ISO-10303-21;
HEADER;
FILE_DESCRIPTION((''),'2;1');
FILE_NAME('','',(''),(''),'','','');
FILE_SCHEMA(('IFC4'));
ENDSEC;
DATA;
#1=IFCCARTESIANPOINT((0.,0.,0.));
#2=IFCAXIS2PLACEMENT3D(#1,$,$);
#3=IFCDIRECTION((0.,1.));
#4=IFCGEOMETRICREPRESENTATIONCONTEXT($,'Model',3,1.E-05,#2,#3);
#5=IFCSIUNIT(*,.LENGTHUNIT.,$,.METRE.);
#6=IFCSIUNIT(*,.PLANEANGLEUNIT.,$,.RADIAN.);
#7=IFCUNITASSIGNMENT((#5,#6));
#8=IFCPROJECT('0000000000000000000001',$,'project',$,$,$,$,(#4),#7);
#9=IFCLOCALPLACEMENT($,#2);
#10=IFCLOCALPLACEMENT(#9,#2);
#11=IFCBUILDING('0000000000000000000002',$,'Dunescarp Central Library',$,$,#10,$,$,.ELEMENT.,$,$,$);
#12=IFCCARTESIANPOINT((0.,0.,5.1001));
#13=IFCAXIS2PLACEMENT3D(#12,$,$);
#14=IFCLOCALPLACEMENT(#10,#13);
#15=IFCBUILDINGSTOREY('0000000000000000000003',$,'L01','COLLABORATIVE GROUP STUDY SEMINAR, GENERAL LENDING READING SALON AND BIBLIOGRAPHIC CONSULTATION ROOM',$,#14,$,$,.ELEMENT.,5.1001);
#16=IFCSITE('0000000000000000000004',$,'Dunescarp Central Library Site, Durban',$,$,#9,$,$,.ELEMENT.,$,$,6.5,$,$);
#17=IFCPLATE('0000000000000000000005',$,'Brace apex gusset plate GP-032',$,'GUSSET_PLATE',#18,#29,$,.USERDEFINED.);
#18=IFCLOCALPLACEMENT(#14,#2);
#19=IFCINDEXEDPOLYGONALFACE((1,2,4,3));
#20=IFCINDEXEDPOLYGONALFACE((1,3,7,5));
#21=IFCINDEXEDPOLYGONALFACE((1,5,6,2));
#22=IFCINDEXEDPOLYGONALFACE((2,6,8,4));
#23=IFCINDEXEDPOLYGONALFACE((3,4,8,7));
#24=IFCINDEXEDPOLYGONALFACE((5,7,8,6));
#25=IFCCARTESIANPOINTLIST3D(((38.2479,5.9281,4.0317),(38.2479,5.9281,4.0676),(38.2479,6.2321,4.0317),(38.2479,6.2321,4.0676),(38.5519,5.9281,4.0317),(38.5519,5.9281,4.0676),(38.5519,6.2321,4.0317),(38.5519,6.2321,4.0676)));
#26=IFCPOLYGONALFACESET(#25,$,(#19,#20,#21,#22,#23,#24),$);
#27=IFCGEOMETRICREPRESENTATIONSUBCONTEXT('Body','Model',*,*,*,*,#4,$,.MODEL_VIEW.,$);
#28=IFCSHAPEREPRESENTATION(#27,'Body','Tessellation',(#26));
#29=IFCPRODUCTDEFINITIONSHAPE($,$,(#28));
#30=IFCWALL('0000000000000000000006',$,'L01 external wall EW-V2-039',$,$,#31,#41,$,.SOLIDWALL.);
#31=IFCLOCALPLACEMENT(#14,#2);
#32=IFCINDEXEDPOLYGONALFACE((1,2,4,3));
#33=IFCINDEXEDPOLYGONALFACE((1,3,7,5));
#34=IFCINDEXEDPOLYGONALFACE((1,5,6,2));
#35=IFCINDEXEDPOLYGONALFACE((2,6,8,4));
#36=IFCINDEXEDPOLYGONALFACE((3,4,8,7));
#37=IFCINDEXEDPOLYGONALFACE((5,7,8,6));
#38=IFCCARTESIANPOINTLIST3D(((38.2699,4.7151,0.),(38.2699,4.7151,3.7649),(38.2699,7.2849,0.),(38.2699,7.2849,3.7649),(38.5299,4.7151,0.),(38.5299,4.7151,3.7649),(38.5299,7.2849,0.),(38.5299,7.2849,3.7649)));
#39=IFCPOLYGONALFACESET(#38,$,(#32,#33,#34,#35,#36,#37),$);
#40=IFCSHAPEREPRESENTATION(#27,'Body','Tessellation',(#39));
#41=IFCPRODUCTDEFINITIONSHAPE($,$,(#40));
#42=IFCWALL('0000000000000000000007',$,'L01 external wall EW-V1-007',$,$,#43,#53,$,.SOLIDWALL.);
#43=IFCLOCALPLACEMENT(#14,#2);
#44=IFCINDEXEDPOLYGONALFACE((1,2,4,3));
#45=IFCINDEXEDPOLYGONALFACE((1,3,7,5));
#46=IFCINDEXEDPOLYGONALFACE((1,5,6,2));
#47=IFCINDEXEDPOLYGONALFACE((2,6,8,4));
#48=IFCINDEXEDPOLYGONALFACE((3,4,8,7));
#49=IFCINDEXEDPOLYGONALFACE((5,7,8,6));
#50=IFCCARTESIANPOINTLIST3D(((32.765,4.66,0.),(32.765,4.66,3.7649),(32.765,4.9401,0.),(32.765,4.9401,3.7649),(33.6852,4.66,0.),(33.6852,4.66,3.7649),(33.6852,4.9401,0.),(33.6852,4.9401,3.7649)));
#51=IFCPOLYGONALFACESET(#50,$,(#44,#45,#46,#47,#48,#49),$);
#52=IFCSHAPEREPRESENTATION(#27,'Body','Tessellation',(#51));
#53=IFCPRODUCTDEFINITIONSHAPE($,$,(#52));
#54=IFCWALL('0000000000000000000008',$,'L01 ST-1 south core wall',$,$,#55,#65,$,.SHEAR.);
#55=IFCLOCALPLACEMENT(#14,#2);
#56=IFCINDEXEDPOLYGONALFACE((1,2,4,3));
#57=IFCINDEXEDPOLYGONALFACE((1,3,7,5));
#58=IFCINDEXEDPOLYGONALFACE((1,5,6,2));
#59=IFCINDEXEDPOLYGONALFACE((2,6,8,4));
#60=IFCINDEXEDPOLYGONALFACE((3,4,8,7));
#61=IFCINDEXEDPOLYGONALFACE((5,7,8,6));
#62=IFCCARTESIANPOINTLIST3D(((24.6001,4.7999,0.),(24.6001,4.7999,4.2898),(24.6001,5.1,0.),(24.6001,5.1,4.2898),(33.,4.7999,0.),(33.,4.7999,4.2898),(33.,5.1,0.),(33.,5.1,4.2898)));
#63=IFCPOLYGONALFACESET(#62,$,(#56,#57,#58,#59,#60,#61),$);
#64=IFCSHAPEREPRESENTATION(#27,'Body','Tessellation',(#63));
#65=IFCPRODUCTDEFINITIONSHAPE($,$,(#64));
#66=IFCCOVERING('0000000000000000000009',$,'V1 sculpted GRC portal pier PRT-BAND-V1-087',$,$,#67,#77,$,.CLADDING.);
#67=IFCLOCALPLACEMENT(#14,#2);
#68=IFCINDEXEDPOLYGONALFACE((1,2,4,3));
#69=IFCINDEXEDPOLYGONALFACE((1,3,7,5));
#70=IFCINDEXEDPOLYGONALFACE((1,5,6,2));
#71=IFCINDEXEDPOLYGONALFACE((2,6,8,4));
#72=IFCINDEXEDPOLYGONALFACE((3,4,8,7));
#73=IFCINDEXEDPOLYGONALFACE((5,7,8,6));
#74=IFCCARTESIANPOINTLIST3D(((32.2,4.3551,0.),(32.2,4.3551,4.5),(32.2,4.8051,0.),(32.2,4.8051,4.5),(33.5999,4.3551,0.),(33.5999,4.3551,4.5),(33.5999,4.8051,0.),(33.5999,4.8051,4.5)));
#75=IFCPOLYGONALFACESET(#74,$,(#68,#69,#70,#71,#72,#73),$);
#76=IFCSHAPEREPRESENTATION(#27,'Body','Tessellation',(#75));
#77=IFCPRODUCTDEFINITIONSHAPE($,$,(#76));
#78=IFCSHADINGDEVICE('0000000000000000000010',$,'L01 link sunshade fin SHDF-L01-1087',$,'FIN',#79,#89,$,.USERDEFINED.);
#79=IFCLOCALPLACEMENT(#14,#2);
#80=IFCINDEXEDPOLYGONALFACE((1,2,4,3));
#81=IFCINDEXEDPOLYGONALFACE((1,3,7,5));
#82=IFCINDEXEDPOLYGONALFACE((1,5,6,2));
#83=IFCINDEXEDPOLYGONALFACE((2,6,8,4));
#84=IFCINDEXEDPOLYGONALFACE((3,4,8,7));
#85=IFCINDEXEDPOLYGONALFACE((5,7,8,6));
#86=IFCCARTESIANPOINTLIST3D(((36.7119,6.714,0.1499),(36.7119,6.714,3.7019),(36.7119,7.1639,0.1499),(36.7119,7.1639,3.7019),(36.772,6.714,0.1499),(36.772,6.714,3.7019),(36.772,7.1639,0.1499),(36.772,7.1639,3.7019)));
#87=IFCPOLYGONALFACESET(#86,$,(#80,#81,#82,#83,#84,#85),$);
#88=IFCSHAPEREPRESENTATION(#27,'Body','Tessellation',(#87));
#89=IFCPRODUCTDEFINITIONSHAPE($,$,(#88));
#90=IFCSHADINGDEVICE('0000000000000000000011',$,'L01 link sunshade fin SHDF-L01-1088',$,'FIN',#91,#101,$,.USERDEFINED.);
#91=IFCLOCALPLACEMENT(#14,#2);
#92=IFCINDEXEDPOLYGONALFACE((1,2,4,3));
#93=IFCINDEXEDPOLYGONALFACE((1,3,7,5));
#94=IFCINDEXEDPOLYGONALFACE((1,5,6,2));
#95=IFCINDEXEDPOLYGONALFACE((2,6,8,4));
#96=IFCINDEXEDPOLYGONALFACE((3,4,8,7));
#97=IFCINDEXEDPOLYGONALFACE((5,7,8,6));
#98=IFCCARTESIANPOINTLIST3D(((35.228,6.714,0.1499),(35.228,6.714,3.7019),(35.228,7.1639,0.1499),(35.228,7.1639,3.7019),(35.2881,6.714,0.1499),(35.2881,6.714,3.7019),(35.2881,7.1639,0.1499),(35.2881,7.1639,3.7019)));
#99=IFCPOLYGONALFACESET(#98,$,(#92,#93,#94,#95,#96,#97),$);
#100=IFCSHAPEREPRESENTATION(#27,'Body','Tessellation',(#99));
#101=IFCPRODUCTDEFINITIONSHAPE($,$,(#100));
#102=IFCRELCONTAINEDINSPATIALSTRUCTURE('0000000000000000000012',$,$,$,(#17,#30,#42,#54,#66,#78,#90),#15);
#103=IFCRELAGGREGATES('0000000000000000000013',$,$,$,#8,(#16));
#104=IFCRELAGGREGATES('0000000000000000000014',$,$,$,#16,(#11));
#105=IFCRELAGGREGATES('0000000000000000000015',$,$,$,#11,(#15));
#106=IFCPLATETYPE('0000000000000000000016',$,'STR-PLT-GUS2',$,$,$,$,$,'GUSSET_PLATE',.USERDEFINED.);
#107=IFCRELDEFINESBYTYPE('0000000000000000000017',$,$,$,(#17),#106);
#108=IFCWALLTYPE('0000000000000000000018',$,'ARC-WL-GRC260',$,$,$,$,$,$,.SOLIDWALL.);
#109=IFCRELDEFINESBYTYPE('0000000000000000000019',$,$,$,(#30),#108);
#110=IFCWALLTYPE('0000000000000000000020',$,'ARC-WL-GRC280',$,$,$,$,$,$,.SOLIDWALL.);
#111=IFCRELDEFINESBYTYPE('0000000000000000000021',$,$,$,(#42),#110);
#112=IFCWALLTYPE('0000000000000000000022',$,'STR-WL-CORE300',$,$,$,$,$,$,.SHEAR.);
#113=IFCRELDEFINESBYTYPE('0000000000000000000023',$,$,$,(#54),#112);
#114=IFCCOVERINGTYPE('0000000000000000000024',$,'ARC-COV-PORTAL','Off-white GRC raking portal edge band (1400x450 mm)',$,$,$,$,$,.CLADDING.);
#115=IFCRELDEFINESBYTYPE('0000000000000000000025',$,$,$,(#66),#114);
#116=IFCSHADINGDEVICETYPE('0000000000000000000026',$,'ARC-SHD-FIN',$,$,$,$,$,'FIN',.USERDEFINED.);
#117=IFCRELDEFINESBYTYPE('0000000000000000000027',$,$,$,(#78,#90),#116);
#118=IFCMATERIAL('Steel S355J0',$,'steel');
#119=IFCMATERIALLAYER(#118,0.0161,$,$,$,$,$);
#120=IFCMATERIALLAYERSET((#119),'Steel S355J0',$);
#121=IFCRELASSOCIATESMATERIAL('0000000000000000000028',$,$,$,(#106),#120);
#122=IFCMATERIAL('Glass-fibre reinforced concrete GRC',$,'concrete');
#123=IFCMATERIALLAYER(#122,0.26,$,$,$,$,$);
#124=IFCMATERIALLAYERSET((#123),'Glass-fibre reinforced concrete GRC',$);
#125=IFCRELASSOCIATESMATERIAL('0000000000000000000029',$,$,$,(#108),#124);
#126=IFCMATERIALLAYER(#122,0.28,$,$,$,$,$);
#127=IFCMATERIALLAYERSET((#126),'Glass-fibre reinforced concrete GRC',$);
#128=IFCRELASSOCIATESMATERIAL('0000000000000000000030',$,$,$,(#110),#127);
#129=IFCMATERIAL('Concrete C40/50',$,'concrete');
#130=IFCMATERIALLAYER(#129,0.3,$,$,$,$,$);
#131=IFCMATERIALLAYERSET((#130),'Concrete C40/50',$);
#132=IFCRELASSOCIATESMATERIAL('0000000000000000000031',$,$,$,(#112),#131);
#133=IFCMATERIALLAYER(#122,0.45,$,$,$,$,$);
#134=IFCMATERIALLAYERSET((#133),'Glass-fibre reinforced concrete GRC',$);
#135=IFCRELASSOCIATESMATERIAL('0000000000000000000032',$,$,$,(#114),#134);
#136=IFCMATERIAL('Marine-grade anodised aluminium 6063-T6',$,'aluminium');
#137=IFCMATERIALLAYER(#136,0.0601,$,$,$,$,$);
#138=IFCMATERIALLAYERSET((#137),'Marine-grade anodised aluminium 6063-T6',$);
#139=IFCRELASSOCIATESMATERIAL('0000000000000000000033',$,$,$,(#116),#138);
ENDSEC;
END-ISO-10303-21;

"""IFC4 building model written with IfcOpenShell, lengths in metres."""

from ifc_helpers import new_model, si_unit, direction, frame, frame_2d, origin, origin_2d, place, context, subcontext, project, spatial, rectangle, extrude, material, layer, layer_set, type_object, element, save


model = new_model("IFC4")

# Units and contexts
model_context = context("Model", 3, precision=1e-05, world=origin(), true_north=direction((0.0, 1.0)))
body_context = subcontext(model_context, "Body", "Model", "MODEL_VIEW")
ifc_project = project(units=[si_unit("LENGTHUNIT", "METRE"), si_unit("PLANEANGLEUNIT", "RADIAN")], contexts=[model_context])

# Site, building, storey
site_placement = place(None, origin())
site = spatial("IfcSite", under=ifc_project, at=site_placement, Name="Dunescarp Central Library Site, Durban", CompositionType="ELEMENT", RefElevation=6.5)
building_placement = place(site_placement, origin())
building = spatial("IfcBuilding", under=site, at=building_placement, Name="Dunescarp Central Library", CompositionType="ELEMENT")
storey_placement = place(building_placement, frame((0.0, 0.0, 5.1001)))
storey = spatial("IfcBuildingStorey", under=building, at=storey_placement, Name="L01", Description="COLLABORATIVE GROUP STUDY SEMINAR, GENERAL LENDING READING SALON AND BIBLIOGRAPHIC CONSULTATION ROOM", CompositionType="ELEMENT", Elevation=5.1001)

# Shared definitions
ifc_material_1 = material(Name="Marine-grade anodised aluminium 6063-T6", Category="aluminium")

# Shared definitions
ifc_material_2 = material(Name="Steel S355J0", Category="steel")

# Plate
ifc_layer_1 = layer(ifc_material_2, 0.0161)
ifc_layer_set_1 = layer_set([ifc_layer_1], Name="Steel S355J0")
plate_type_1 = type_object("IfcPlateType", Name="STR-PLT-GUS2", ElementType="GUSSET_PLATE", PredefinedType="USERDEFINED", material=ifc_layer_set_1)
for number, where, z_axis, x_axis, name in (
    (1, (38.3999, 6.0801, 4.0317), (0.0, 0.0, 1.0), (1.0, 0.0, 0.0), "Brace apex gusset plate GP-032"),
):
    element("IfcPlate", number, at=place(storey_placement, frame(where, z_axis=z_axis, x_axis=x_axis)), inside=storey, type_object=plate_type_1, Name=name, ObjectType="GUSSET_PLATE", PredefinedType="USERDEFINED", context=body_context, shape_type="SweptSolid", body=[
        extrude(rectangle(XDim=0.304, YDim=0.304, at=origin_2d()), origin(), (0.0, 0.0, 1.0), 0.0359),
    ])

# Walls
ifc_material_3 = material(Name="Glass-fibre reinforced concrete GRC", Category="concrete")
ifc_layer_2 = layer(ifc_material_3, 0.26)
ifc_layer_set_2 = layer_set([ifc_layer_2], Name="Glass-fibre reinforced concrete GRC")
wall_type_1 = type_object("IfcWallType", Name="ARC-WL-GRC260", PredefinedType="SOLIDWALL", material=ifc_layer_set_2)
wall_1_placement = place(storey_placement, frame((38.3999, 4.7151, 0.0), z_axis=(0.0, 0.0, 1.0), x_axis=(0.0, 1.0, 0.0)))
element("IfcWall", 2, at=wall_1_placement, inside=storey, type_object=wall_type_1, Name="L01 external wall EW-V2-039", PredefinedType="SOLIDWALL", context=body_context, shape_type="SweptSolid", body=[
    extrude(rectangle(XDim=2.5698, YDim=0.26, at=frame_2d((1.2849, 0.0))), origin(), (0.0, 0.0, 1.0), 3.7649),
])
ifc_layer_3 = layer(ifc_material_3, 0.28)
ifc_layer_set_3 = layer_set([ifc_layer_3], Name="Glass-fibre reinforced concrete GRC")
wall_type_2 = type_object("IfcWallType", Name="ARC-WL-GRC280", PredefinedType="SOLIDWALL", material=ifc_layer_set_3)
wall_2_placement = place(storey_placement, frame((33.6851, 4.8, 0.0), z_axis=(0.0, 0.0, 1.0), x_axis=(-1.0, 0.0, 0.0)))
element("IfcWall", 3, at=wall_2_placement, inside=storey, type_object=wall_type_2, Name="L01 external wall EW-V1-007", PredefinedType="SOLIDWALL", context=body_context, shape_type="SweptSolid", body=[
    extrude(rectangle(XDim=0.9202, YDim=0.28, at=frame_2d((0.46, 0.0))), origin(), (0.0, 0.0, 1.0), 3.7649),
])
ifc_material_4 = material(Name="Concrete C40/50", Category="concrete")
ifc_layer_4 = layer(ifc_material_4, 0.3)
ifc_layer_set_4 = layer_set([ifc_layer_4], Name="Concrete C40/50")
wall_type_3 = type_object("IfcWallType", Name="STR-WL-CORE300", PredefinedType="SHEAR", material=ifc_layer_set_4)
wall_3_placement = place(storey_placement, frame((33.0, 4.95, 0.0), z_axis=(0.0, 0.0, 1.0), x_axis=(-1.0, 0.0, 0.0)))
element("IfcWall", 4, at=wall_3_placement, inside=storey, type_object=wall_type_3, Name="L01 ST-1 south core wall", PredefinedType="SHEAR", context=body_context, shape_type="SweptSolid", body=[
    extrude(rectangle(XDim=8.3999, YDim=0.3, at=frame_2d((4.2, 0.0))), origin(), (0.0, 0.0, 1.0), 4.2898),
])

# Covering
ifc_layer_5 = layer(ifc_material_3, 0.45)
ifc_layer_set_5 = layer_set([ifc_layer_5], Name="Glass-fibre reinforced concrete GRC")
covering_type = type_object("IfcCoveringType", Name="ARC-COV-PORTAL", Description="Off-white GRC raking portal edge band (1400x450 mm)", PredefinedType="CLADDING", material=ifc_layer_set_5)
covering_placement = place(storey_placement, frame((32.8999, 4.5801, 0.0), z_axis=(0.0, 0.0, 1.0), x_axis=(1.0, 0.0, 0.0)))
element("IfcCovering", 5, at=covering_placement, inside=storey, type_object=covering_type, Name="V1 sculpted GRC portal pier PRT-BAND-V1-087", PredefinedType="CLADDING", context=body_context, shape_type="SweptSolid", body=[
    extrude(rectangle(XDim=1.3999, YDim=0.45, at=origin_2d()), origin(), (0.0, 0.0, 1.0), 4.5),
])

# Shading devices
ifc_layer_6 = layer(ifc_material_1, 0.0601)
ifc_layer_set_6 = layer_set([ifc_layer_6], Name="Marine-grade anodised aluminium 6063-T6")
shading_device_type = type_object("IfcShadingDeviceType", Name="ARC-SHD-FIN", ElementType="FIN", PredefinedType="USERDEFINED", material=ifc_layer_set_6)
for number, where, z_axis, x_axis, name in (
    (6, (36.7419, 6.939, 0.1499), (0.0, 0.0, 1.0), (0.0, -1.0, 0.0), "L01 link sunshade fin SHDF-L01-1087"),
    (7, (35.2581, 6.939, 0.1499), (0.0, 0.0, 1.0), (0.0, -1.0, 0.0), "L01 link sunshade fin SHDF-L01-1088"),
):
    element("IfcShadingDevice", number, at=place(storey_placement, frame(where, z_axis=z_axis, x_axis=x_axis)), inside=storey, type_object=shading_device_type, Name=name, ObjectType="FIN", PredefinedType="USERDEFINED", context=body_context, shape_type="SweptSolid", body=[
        extrude(rectangle(XDim=0.45, YDim=0.0601, at=origin_2d()), origin(), (0.0, 0.0, 1.0), 3.552),
    ])

save(model, "model.ifc")
